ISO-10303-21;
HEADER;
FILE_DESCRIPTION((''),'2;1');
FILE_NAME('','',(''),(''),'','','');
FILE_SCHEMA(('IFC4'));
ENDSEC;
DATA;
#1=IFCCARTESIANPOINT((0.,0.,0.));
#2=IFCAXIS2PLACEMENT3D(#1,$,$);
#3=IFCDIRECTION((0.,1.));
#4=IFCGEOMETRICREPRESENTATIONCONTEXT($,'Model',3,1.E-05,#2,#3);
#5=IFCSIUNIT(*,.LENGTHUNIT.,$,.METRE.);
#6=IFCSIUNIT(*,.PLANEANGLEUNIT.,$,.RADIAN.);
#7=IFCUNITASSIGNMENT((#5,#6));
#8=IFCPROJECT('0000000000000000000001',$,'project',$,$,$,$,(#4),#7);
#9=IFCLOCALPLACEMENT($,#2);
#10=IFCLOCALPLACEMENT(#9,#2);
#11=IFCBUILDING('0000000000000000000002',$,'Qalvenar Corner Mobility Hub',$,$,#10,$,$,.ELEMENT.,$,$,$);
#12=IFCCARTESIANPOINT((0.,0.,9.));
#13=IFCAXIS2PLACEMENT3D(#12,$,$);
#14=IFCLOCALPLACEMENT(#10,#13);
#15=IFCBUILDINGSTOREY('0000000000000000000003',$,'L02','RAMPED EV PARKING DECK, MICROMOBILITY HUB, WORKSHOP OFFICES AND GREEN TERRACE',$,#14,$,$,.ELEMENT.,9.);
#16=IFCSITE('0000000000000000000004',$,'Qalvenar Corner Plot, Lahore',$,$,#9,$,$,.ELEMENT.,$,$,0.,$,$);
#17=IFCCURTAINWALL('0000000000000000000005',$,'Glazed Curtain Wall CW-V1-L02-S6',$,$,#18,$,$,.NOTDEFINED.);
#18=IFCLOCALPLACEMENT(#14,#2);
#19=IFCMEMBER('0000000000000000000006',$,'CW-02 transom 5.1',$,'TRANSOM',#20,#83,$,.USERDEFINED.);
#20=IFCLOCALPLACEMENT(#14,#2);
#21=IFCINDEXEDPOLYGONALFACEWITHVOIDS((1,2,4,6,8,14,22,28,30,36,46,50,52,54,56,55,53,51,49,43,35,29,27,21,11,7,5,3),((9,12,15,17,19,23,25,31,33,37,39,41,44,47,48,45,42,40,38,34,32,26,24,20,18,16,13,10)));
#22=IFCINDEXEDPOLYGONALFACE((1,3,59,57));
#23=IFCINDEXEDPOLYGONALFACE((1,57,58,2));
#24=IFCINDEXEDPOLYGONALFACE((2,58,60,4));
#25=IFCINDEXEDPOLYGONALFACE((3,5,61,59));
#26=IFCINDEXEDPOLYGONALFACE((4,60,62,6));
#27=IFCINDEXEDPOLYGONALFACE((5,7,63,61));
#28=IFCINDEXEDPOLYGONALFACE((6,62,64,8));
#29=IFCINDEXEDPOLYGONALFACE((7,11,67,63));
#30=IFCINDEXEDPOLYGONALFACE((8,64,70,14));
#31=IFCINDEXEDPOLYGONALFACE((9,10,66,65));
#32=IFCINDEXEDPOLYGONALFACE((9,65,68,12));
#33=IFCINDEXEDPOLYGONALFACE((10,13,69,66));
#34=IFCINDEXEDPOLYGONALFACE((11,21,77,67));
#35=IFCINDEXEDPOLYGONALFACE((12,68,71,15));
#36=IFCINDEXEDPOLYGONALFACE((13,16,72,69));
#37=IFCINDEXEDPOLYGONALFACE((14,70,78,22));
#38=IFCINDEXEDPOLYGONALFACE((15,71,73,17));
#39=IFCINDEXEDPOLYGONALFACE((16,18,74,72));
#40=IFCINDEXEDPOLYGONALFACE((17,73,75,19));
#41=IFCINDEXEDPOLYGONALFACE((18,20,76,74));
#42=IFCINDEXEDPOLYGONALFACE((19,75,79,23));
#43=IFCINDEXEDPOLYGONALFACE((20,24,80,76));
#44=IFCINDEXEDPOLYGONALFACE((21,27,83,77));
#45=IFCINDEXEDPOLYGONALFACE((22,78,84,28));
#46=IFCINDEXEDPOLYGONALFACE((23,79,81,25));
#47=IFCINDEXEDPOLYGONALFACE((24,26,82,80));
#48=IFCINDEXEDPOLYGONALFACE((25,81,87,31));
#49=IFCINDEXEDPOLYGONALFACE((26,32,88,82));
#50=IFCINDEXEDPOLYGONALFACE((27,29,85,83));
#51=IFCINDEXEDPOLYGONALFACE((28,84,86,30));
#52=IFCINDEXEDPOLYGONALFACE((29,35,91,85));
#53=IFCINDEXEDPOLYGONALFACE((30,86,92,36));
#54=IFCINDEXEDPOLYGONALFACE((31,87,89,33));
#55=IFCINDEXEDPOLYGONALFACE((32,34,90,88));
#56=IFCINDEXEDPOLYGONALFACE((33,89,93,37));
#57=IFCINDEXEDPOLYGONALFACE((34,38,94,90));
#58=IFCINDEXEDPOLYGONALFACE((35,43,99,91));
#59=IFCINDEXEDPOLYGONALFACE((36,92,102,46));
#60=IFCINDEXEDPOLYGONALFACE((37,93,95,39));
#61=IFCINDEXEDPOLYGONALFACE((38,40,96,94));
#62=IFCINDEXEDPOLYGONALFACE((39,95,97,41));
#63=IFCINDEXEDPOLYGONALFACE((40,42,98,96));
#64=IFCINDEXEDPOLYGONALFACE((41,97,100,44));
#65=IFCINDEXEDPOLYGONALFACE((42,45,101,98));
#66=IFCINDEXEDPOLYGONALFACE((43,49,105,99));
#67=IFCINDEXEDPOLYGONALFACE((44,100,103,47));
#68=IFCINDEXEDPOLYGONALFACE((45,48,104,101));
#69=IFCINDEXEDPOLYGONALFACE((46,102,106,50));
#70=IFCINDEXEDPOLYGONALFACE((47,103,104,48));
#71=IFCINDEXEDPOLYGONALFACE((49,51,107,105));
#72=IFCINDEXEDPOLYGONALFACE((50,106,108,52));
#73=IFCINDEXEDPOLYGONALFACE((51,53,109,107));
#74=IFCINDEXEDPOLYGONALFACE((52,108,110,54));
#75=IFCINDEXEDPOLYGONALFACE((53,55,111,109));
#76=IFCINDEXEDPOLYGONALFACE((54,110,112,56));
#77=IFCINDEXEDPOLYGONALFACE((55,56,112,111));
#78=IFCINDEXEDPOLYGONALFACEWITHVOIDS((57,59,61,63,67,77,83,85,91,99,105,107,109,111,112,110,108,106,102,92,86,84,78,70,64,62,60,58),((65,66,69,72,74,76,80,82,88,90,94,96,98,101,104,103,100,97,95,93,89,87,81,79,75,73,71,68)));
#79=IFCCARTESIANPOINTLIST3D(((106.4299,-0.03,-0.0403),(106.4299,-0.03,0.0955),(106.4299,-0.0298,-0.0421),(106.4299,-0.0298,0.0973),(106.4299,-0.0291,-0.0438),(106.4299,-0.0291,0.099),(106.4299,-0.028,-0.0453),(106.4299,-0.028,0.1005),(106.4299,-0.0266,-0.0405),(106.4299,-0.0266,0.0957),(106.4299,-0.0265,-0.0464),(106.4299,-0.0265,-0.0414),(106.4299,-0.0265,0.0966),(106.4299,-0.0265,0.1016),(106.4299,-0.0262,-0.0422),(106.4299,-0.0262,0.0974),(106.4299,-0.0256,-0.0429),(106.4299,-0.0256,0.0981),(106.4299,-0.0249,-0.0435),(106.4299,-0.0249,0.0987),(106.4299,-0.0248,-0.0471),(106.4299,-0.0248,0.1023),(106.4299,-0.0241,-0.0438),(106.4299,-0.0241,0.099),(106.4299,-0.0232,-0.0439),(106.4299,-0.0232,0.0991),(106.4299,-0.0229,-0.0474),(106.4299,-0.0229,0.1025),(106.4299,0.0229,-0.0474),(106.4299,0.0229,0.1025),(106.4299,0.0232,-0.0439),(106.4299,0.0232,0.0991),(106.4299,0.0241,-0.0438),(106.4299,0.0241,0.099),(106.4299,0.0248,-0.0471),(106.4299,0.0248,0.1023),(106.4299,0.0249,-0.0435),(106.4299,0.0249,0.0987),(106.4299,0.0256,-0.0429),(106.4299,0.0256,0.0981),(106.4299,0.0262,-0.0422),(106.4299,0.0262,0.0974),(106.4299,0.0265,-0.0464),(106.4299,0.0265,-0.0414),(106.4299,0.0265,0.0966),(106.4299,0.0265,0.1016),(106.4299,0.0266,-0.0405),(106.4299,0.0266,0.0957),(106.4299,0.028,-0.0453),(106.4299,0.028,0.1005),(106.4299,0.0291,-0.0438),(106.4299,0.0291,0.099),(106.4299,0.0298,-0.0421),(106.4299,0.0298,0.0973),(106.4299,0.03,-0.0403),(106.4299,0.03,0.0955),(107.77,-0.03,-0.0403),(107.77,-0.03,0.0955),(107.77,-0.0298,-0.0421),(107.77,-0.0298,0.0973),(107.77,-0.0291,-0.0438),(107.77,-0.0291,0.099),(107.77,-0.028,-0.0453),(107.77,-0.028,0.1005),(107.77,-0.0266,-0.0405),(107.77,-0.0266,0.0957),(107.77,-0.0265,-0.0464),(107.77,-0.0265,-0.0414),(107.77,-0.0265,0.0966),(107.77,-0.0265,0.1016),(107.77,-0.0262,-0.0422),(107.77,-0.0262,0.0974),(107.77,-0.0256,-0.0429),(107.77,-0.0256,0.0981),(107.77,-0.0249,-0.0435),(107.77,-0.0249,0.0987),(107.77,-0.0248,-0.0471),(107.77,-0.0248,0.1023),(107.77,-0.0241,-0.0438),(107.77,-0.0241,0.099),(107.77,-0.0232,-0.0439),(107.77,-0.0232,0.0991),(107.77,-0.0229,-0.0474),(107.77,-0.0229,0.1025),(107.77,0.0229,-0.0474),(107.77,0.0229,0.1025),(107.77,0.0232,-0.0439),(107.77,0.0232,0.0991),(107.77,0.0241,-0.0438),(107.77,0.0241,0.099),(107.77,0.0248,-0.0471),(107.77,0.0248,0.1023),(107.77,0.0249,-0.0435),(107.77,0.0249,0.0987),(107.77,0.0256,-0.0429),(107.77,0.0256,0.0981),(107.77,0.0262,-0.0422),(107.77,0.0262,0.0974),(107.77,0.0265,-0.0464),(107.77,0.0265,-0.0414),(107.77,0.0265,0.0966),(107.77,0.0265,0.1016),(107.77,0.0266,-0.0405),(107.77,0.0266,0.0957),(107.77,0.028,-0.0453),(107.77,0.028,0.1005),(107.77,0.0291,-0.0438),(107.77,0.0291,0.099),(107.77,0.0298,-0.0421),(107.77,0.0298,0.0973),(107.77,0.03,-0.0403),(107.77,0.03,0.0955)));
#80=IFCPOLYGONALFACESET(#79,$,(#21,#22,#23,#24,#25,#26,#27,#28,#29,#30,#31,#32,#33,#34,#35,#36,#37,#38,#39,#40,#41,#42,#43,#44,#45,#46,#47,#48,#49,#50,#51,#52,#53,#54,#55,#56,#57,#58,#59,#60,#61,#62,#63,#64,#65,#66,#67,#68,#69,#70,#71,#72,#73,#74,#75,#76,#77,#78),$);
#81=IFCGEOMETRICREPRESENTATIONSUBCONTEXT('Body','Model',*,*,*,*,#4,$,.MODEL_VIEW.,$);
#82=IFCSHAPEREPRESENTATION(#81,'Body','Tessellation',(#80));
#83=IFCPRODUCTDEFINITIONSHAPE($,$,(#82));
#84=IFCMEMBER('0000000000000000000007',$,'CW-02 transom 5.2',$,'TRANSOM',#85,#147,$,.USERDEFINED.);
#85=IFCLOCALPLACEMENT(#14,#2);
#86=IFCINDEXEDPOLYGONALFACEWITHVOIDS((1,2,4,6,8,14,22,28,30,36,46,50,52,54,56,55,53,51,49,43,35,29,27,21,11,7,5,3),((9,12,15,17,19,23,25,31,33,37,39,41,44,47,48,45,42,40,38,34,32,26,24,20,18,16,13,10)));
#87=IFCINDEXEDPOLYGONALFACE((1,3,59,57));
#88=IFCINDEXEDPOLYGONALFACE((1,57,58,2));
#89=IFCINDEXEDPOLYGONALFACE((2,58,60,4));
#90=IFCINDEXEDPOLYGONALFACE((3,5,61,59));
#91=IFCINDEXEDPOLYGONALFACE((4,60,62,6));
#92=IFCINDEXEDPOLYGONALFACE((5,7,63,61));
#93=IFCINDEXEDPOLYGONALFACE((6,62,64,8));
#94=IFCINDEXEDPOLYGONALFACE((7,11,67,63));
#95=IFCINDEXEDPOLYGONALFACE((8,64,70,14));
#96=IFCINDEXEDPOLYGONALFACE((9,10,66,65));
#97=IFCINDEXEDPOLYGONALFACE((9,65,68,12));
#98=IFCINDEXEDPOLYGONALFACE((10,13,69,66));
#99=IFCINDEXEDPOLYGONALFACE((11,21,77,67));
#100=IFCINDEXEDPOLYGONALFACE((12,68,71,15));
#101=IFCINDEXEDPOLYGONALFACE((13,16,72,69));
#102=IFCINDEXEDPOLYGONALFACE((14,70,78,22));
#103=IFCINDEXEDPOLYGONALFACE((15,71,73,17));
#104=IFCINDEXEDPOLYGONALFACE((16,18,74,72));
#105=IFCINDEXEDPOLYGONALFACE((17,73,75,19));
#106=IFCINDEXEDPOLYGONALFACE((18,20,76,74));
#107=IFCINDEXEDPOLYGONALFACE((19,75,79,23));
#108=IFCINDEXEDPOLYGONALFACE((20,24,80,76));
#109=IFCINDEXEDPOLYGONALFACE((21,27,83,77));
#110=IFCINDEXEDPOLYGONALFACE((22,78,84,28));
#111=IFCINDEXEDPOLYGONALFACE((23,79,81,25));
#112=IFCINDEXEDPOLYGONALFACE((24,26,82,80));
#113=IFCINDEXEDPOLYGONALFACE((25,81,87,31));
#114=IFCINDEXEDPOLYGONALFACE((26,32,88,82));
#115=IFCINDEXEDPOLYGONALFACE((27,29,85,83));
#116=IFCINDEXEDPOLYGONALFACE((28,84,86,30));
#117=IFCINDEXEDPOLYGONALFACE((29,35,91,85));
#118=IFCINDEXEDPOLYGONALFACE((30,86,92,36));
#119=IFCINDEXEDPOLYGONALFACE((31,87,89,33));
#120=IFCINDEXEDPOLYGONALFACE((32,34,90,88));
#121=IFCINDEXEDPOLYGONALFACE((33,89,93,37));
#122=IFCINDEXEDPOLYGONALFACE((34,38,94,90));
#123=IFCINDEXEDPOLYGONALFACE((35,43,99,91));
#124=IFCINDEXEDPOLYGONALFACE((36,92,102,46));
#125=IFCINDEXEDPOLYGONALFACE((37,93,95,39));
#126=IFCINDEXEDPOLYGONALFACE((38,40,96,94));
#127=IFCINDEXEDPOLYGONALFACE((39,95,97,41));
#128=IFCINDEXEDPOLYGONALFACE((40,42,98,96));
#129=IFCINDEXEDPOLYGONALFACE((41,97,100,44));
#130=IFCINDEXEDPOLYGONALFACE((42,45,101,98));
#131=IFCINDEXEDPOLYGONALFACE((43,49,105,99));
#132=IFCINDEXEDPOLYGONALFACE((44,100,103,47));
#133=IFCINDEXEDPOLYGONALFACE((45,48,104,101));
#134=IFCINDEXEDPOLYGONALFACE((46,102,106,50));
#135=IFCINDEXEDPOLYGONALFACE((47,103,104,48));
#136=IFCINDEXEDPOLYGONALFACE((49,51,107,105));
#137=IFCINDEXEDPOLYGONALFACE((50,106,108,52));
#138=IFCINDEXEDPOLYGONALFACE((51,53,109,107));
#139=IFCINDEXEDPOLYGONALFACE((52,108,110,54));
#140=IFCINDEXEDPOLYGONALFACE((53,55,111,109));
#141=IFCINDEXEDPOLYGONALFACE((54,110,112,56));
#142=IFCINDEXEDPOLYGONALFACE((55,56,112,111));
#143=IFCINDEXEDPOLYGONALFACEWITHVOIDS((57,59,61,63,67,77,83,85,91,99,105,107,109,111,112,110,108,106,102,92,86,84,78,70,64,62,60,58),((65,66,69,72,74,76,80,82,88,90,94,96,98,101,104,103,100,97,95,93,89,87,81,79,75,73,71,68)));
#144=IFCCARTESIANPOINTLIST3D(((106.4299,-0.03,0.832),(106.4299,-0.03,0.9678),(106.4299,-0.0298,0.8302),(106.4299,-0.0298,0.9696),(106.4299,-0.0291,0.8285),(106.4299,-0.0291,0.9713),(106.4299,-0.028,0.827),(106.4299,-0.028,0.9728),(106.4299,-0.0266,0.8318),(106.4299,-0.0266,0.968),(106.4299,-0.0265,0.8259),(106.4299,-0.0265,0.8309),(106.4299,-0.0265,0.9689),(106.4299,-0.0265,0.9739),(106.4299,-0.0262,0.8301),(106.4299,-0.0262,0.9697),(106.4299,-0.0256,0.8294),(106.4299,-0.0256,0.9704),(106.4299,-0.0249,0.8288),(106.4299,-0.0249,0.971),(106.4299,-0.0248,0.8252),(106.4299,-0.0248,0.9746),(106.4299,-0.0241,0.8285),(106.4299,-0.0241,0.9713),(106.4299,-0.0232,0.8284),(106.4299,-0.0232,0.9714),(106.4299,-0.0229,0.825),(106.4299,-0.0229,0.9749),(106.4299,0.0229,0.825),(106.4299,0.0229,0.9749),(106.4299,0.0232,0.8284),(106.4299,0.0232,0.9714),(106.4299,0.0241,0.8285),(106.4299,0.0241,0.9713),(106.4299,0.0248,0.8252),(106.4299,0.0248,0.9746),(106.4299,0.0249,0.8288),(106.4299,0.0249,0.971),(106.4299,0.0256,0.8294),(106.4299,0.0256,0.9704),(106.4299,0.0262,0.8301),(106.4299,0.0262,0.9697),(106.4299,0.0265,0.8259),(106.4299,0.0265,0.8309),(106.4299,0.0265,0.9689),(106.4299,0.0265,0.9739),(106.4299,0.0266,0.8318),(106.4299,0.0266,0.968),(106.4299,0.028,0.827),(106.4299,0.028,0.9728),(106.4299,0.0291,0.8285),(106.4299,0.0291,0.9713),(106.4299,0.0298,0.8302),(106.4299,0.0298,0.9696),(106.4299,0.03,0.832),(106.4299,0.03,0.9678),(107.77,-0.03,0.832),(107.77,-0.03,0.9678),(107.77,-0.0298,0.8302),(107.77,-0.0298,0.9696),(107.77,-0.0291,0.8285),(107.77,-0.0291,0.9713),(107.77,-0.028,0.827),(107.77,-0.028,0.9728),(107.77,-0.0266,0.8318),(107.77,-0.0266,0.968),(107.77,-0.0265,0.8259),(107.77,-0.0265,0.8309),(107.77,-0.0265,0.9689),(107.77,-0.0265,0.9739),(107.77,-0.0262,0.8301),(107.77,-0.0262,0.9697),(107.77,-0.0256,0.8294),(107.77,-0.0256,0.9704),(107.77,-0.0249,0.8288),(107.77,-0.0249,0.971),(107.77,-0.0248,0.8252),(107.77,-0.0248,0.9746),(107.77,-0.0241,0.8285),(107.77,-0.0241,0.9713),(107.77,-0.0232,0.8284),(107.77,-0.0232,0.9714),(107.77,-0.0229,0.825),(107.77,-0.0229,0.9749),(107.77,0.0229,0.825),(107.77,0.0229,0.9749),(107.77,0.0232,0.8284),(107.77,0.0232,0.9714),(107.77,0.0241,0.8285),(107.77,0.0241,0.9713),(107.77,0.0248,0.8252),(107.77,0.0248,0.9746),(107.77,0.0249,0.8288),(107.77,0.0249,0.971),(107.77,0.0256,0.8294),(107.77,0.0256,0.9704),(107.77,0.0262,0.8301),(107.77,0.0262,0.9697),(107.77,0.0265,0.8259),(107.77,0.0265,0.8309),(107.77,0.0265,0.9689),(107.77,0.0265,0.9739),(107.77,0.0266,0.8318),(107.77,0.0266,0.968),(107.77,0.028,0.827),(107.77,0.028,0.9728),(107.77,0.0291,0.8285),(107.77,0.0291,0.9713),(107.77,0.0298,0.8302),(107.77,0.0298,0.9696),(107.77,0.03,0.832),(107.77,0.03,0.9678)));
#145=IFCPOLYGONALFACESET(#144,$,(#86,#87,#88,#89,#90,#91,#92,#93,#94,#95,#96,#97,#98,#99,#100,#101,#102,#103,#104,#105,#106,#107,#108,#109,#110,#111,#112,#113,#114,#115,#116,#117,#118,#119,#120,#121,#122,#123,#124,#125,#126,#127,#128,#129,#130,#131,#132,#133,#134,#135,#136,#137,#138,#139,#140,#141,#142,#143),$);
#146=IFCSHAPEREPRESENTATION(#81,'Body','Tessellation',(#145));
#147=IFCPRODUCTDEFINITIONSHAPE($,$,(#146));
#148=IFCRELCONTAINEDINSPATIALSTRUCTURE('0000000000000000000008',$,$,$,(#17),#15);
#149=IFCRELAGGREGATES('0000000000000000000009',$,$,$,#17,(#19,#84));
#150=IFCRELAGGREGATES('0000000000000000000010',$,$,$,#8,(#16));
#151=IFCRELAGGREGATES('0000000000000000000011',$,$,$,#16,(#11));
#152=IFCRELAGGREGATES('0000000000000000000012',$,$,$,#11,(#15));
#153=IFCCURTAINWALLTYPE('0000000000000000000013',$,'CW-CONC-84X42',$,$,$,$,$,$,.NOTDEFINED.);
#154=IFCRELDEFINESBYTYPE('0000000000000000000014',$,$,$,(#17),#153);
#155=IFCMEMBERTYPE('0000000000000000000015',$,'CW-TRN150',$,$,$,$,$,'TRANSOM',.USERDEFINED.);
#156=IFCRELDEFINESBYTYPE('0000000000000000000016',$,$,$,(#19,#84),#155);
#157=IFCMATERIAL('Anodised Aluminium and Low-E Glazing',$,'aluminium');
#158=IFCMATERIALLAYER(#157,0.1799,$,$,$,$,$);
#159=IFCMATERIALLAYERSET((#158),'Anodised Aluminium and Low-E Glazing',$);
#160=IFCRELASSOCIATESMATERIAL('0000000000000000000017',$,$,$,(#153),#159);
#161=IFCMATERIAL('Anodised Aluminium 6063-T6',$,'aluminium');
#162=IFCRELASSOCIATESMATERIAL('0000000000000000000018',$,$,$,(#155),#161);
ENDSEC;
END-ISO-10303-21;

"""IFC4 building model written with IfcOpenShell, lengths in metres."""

from ifc_helpers import new_model, si_unit, direction, frame, origin, origin_2d, place, context, subcontext, project, spatial, hollow_rectangle, extrude, material, layer, layer_set, material_profile, profile_set, type_object, element, aggregate, save


model = new_model("IFC4")

# Units and contexts
model_context = context("Model", 3, precision=1e-05, world=origin(), true_north=direction((0.0, 1.0)))
body_context = subcontext(model_context, "Body", "Model", "MODEL_VIEW")
ifc_project = project(units=[si_unit("LENGTHUNIT", "METRE"), si_unit("PLANEANGLEUNIT", "RADIAN")], contexts=[model_context])

# Site, building, storey
site_placement = place(None, origin())
site = spatial("IfcSite", under=ifc_project, at=site_placement, Name="Qalvenar Corner Plot, Lahore", CompositionType="ELEMENT", RefElevation=0.0)
building_placement = place(site_placement, origin())
building = spatial("IfcBuilding", under=site, at=building_placement, Name="Qalvenar Corner Mobility Hub", CompositionType="ELEMENT")
storey_placement = place(building_placement, frame((0.0, 0.0, 9.0)))
storey = spatial("IfcBuildingStorey", under=building, at=storey_placement, Name="L02", Description="RAMPED EV PARKING DECK, MICROMOBILITY HUB, WORKSHOP OFFICES AND GREEN TERRACE", CompositionType="ELEMENT", Elevation=9.0)

# Curtain wall, members
ifc_material_1 = material(Name="Anodised Aluminium and Low-E Glazing", Category="aluminium")
ifc_layer_1 = layer(ifc_material_1, 0.1799)
ifc_layer_set_1 = layer_set([ifc_layer_1], Name="Anodised Aluminium and Low-E Glazing")
curtain_wall_type = type_object("IfcCurtainWallType", Name="CW-CONC-84X42", PredefinedType="NOTDEFINED", material=ifc_layer_set_1)
curtain_wall_placement = place(storey_placement, origin())
curtain_wall = element("IfcCurtainWall", 1, at=curtain_wall_placement, inside=storey, type_object=curtain_wall_type, Name="Glazed Curtain Wall CW-V1-L02-S6", PredefinedType="NOTDEFINED")
ifc_material_2 = material(Name="Anodised Aluminium 6063-T6", Category="aluminium")
ifc_material_profile_1 = material_profile(ifc_material_2, hollow_rectangle(XDim=0.0601, YDim=0.1499, WallThickness=0.0034, InnerFilletRadius=0.0034, OuterFilletRadius=0.0071, at=origin_2d()), Name="RHS150x60x3.5")
ifc_profile_set_1 = profile_set([ifc_material_profile_1], Name="Anodised Aluminium 6063-T6")
member_type_1 = type_object("IfcMemberType", Name="CW-TRN150", ElementType="TRANSOM", PredefinedType="USERDEFINED", material=ifc_profile_set_1)
member_1_placement = place(storey_placement, frame((106.4299, 0.0, 0.0276), z_axis=(1.0, 0.0, 0.0), x_axis=(0.0, 1.0, 0.0)))
member_1 = element("IfcMember", 2, at=member_1_placement, type_object=member_type_1, Name="CW-02 transom 5.1", ObjectType="TRANSOM", PredefinedType="USERDEFINED", context=body_context, shape_type="SweptSolid", body=[
    extrude(hollow_rectangle(XDim=0.0601, YDim=0.1499, WallThickness=0.0034, InnerFilletRadius=0.0034, OuterFilletRadius=0.0071, at=origin_2d()), origin(), (0.0, 0.0, 1.0), 1.3401),
])
member_2_placement = place(storey_placement, frame((106.4299, 0.0, 0.8999), z_axis=(1.0, 0.0, 0.0), x_axis=(0.0, 1.0, 0.0)))
member_2 = element("IfcMember", 3, at=member_2_placement, type_object=member_type_1, Name="CW-02 transom 5.2", ObjectType="TRANSOM", PredefinedType="USERDEFINED", context=body_context, shape_type="SweptSolid", body=[
    extrude(hollow_rectangle(XDim=0.0601, YDim=0.1499, WallThickness=0.0034, InnerFilletRadius=0.0034, OuterFilletRadius=0.0071, at=origin_2d()), origin(), (0.0, 0.0, 1.0), 1.3401),
])
aggregate(curtain_wall, [member_1, member_2])

save(model, "model.ifc")
